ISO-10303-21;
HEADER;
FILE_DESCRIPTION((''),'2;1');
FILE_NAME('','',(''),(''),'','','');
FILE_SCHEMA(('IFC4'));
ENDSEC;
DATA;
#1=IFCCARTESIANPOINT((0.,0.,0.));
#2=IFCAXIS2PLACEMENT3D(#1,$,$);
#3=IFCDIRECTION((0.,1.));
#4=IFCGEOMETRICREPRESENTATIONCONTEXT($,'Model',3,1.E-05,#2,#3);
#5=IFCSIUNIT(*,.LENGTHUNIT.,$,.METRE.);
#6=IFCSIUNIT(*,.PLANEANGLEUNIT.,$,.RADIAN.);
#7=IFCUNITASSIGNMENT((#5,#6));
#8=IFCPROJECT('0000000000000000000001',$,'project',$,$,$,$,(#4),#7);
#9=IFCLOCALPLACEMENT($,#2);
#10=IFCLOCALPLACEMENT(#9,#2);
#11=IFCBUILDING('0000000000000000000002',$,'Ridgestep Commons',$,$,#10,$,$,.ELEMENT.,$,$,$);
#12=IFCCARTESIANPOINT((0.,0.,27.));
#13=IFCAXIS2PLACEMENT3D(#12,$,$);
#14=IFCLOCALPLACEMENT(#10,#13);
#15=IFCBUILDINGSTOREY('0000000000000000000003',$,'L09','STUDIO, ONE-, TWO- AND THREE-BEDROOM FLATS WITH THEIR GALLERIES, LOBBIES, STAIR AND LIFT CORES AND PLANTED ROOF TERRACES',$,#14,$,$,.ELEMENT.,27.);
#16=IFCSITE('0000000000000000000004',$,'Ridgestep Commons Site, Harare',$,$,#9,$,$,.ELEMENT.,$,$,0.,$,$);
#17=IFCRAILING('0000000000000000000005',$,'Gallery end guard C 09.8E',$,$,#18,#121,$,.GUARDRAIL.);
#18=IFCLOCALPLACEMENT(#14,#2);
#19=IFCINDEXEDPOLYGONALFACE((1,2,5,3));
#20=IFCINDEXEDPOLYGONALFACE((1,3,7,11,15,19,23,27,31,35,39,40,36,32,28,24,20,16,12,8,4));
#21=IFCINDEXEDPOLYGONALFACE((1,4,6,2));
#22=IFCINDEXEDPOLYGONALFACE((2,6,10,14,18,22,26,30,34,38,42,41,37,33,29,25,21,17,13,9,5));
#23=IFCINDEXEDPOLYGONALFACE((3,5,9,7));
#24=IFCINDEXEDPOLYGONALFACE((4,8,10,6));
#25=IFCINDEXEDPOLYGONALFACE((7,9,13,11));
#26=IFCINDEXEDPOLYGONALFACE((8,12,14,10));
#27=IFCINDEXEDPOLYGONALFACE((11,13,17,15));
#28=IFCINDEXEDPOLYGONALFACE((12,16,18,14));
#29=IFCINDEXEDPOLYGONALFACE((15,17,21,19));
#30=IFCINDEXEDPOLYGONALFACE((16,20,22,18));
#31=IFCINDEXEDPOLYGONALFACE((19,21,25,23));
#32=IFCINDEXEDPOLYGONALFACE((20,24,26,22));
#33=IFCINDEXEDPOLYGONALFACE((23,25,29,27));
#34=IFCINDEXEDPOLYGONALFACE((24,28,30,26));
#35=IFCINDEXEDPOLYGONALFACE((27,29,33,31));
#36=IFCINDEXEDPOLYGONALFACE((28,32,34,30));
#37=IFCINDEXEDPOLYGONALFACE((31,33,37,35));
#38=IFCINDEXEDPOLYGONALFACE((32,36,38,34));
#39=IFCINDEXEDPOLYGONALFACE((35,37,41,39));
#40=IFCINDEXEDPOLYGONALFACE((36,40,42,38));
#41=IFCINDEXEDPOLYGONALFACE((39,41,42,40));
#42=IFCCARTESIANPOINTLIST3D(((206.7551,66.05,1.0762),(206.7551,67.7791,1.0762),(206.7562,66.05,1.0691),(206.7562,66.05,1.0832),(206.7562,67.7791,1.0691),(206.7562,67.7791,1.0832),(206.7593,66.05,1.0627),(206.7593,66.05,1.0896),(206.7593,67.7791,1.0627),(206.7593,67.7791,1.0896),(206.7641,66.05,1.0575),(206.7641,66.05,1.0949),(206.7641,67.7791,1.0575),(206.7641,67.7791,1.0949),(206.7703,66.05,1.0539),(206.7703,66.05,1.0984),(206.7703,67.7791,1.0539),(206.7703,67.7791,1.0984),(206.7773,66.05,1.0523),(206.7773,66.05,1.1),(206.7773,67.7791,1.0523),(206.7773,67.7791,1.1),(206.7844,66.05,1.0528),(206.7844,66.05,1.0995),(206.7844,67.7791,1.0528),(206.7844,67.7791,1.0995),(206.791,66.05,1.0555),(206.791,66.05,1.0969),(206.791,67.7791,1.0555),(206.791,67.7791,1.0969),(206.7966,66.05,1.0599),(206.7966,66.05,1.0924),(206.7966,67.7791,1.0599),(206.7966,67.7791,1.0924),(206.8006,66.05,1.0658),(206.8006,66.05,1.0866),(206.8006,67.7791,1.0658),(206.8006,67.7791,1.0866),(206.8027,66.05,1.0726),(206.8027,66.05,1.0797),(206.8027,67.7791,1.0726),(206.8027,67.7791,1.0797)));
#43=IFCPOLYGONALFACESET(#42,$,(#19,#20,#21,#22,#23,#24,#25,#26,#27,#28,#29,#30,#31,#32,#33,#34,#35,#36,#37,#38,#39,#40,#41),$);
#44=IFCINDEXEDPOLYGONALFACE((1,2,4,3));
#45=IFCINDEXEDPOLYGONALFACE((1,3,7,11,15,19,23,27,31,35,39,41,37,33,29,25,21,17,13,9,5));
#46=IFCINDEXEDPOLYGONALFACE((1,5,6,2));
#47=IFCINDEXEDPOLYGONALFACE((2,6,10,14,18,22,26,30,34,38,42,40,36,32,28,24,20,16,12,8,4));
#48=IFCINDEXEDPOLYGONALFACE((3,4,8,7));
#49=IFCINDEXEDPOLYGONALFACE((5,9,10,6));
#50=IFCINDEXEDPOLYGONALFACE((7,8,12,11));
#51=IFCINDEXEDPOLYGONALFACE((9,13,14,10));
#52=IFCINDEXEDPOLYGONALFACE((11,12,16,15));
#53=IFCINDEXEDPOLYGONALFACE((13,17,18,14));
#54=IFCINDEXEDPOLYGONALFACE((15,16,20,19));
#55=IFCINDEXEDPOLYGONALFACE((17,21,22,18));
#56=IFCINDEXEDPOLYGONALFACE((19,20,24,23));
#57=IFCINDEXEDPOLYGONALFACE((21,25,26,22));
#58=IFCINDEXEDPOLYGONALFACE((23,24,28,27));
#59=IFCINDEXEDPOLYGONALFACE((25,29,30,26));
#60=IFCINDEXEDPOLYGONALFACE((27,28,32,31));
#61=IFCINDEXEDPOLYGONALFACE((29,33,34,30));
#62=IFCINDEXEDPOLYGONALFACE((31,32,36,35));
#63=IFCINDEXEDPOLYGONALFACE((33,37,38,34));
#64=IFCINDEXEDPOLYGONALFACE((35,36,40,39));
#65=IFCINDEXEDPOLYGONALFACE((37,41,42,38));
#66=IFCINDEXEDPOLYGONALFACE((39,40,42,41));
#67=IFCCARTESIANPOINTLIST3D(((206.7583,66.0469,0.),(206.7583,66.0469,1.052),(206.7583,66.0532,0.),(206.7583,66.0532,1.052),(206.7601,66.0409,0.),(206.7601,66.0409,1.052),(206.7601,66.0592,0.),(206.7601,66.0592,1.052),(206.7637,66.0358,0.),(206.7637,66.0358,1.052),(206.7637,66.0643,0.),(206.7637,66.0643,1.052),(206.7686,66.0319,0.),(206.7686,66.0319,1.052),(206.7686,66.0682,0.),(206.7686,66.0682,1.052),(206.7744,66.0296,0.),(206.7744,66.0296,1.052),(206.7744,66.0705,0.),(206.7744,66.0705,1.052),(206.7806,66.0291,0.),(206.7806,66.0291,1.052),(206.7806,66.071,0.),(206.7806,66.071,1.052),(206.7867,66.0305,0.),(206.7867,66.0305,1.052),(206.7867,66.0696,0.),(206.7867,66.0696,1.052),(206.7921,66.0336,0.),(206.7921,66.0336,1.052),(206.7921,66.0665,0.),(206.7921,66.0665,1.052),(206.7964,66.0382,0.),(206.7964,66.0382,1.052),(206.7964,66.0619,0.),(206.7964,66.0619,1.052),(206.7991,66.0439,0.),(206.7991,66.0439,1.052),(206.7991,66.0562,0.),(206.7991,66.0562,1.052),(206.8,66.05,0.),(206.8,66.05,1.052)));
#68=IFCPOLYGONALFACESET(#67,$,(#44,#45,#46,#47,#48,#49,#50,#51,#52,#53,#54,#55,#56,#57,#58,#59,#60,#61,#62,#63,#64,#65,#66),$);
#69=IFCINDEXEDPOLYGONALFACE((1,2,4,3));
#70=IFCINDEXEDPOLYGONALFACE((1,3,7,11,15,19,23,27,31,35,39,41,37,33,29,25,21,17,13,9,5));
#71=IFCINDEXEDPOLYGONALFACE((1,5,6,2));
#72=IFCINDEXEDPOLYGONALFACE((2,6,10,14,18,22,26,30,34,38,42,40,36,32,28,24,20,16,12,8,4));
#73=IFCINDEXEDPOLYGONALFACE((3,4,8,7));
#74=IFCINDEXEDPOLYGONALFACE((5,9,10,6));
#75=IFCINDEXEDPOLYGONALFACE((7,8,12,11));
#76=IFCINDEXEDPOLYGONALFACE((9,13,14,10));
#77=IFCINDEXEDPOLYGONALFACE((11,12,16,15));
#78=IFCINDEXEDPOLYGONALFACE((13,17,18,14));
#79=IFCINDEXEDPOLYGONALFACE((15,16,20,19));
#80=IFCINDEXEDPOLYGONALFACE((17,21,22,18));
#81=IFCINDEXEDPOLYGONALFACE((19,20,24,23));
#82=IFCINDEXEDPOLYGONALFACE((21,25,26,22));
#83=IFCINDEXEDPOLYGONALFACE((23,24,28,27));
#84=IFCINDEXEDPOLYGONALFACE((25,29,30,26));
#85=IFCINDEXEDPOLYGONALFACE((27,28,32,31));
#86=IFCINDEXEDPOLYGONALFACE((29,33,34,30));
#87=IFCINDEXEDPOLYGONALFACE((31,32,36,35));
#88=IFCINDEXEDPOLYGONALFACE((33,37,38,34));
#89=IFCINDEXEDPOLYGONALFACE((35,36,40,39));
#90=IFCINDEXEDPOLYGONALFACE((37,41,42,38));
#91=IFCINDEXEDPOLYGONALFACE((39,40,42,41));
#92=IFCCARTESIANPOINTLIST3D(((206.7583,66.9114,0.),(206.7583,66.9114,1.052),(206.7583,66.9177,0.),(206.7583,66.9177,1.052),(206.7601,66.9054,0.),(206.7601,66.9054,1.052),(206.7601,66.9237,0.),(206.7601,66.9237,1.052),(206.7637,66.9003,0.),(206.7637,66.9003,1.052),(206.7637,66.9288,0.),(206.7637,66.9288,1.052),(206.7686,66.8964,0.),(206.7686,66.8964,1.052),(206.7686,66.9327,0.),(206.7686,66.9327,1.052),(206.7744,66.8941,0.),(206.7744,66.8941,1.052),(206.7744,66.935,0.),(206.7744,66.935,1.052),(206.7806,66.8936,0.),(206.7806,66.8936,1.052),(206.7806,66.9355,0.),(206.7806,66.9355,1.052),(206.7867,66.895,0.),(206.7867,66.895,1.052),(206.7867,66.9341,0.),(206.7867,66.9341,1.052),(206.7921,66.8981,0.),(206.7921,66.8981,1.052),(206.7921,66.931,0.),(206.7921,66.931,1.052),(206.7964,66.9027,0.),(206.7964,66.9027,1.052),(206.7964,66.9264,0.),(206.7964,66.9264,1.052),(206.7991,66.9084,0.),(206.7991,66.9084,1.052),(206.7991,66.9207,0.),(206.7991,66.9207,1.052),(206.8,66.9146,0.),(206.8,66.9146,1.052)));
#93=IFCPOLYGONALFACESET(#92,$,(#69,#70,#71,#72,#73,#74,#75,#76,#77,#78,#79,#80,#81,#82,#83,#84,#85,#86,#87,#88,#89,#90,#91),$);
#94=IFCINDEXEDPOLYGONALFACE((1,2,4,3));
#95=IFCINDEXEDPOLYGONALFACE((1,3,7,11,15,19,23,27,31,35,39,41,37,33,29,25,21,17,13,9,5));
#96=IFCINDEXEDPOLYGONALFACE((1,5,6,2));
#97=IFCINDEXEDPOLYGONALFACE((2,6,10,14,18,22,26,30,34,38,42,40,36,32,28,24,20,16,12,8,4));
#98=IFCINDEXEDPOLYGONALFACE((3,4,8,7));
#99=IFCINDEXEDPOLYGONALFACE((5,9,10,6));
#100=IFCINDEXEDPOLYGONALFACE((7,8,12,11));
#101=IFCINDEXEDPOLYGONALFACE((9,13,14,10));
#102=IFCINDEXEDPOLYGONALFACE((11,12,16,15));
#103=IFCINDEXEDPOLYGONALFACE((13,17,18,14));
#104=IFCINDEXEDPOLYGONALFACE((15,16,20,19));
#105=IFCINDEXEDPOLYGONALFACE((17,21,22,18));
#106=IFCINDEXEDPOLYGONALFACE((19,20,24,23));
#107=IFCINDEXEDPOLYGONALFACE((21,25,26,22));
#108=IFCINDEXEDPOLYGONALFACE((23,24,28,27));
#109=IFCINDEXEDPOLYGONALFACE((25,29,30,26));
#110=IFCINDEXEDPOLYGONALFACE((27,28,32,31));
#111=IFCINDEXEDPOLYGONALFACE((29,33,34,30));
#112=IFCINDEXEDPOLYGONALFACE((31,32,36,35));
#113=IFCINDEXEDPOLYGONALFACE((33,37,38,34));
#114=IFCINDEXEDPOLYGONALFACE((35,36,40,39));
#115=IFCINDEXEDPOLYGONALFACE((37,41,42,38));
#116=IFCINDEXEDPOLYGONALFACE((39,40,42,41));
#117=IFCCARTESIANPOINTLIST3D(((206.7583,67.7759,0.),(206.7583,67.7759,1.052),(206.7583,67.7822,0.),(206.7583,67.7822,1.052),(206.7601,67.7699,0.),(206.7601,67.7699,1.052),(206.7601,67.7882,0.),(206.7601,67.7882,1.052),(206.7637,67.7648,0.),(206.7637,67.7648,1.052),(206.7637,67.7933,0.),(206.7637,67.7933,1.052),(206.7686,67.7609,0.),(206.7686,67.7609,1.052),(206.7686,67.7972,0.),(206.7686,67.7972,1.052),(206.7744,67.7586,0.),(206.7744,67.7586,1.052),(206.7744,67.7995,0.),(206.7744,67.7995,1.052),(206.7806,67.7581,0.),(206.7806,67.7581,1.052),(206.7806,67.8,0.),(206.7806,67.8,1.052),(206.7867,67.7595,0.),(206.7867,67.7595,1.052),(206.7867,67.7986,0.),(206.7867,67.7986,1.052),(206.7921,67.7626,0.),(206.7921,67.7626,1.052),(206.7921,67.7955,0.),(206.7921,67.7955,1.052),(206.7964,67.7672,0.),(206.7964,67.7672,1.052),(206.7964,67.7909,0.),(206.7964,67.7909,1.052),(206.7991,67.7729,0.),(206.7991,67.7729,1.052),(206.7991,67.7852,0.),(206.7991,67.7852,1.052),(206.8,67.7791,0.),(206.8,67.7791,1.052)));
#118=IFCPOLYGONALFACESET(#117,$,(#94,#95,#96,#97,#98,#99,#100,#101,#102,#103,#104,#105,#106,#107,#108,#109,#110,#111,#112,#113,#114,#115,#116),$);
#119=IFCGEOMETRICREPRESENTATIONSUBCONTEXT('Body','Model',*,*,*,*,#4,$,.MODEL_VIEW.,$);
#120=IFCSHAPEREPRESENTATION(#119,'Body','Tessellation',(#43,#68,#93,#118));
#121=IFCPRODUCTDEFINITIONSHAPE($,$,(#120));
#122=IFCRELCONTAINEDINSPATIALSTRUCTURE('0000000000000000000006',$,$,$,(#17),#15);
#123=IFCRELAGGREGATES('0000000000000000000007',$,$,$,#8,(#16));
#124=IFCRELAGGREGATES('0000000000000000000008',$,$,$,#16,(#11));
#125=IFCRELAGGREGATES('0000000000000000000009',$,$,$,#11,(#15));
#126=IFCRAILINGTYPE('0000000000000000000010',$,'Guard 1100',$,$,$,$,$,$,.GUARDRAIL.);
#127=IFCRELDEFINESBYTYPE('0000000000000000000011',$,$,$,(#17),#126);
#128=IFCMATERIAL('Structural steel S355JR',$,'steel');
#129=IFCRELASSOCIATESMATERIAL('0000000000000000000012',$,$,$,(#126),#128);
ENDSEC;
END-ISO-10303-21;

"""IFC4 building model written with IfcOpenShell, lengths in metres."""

from ifc_helpers import new_model, si_unit, direction, frame, origin, origin_2d, place, context, subcontext, project, spatial, circle, extrude, material, type_object, element, save


model = new_model("IFC4")

# Units and contexts
model_context = context("Model", 3, precision=1e-05, world=origin(), true_north=direction((0.0, 1.0)))
body_context = subcontext(model_context, "Body", "Model", "MODEL_VIEW")
ifc_project = project(units=[si_unit("LENGTHUNIT", "METRE"), si_unit("PLANEANGLEUNIT", "RADIAN")], contexts=[model_context])

# Site, building, storey
site_placement = place(None, origin())
site = spatial("IfcSite", under=ifc_project, at=site_placement, Name="Ridgestep Commons Site, Harare", CompositionType="ELEMENT", RefElevation=0.0)
building_placement = place(site_placement, origin())
building = spatial("IfcBuilding", under=site, at=building_placement, Name="Ridgestep Commons", CompositionType="ELEMENT")
storey_placement = place(building_placement, frame((0.0, 0.0, 27.0)))
storey = spatial("IfcBuildingStorey", under=building, at=storey_placement, Name="L09", Description="STUDIO, ONE-, TWO- AND THREE-BEDROOM FLATS WITH THEIR GALLERIES, LOBBIES, STAIR AND LIFT CORES AND PLANTED ROOF TERRACES", CompositionType="ELEMENT", Elevation=27.0)

# Railing
ifc_material_1 = material(Name="Structural steel S355JR", Category="steel")
railing_type = type_object("IfcRailingType", Name="Guard 1100", PredefinedType="GUARDRAIL", material=ifc_material_1)
railing_1_placement = place(storey_placement, frame((206.7791, 66.05, 0.0)))
element("IfcRailing", 1, at=railing_1_placement, inside=storey, type_object=railing_type, Name="Gallery end guard C 09.8E", PredefinedType="GUARDRAIL", context=body_context, shape_type="SweptSolid", body=[
    extrude(circle(Radius=0.0239, at=origin_2d()), frame((0.0, 0.0, 1.0762), z_axis=(0.0, 1.0, 0.0), x_axis=(-1.0, 0.0, 0.0)), (0.0, 0.0, 1.0), 1.729),
    extrude(circle(Radius=0.021, at=origin_2d()), origin(), (0.0, 0.0, 1.0), 1.052),
    extrude(circle(Radius=0.021, at=origin_2d()), frame((0.0, 0.8645, 0.0)), (0.0, 0.0, 1.0), 1.052),
    extrude(circle(Radius=0.021, at=origin_2d()), frame((0.0, 1.729, 0.0)), (0.0, 0.0, 1.0), 1.052),
])

save(model, "model.ifc")
